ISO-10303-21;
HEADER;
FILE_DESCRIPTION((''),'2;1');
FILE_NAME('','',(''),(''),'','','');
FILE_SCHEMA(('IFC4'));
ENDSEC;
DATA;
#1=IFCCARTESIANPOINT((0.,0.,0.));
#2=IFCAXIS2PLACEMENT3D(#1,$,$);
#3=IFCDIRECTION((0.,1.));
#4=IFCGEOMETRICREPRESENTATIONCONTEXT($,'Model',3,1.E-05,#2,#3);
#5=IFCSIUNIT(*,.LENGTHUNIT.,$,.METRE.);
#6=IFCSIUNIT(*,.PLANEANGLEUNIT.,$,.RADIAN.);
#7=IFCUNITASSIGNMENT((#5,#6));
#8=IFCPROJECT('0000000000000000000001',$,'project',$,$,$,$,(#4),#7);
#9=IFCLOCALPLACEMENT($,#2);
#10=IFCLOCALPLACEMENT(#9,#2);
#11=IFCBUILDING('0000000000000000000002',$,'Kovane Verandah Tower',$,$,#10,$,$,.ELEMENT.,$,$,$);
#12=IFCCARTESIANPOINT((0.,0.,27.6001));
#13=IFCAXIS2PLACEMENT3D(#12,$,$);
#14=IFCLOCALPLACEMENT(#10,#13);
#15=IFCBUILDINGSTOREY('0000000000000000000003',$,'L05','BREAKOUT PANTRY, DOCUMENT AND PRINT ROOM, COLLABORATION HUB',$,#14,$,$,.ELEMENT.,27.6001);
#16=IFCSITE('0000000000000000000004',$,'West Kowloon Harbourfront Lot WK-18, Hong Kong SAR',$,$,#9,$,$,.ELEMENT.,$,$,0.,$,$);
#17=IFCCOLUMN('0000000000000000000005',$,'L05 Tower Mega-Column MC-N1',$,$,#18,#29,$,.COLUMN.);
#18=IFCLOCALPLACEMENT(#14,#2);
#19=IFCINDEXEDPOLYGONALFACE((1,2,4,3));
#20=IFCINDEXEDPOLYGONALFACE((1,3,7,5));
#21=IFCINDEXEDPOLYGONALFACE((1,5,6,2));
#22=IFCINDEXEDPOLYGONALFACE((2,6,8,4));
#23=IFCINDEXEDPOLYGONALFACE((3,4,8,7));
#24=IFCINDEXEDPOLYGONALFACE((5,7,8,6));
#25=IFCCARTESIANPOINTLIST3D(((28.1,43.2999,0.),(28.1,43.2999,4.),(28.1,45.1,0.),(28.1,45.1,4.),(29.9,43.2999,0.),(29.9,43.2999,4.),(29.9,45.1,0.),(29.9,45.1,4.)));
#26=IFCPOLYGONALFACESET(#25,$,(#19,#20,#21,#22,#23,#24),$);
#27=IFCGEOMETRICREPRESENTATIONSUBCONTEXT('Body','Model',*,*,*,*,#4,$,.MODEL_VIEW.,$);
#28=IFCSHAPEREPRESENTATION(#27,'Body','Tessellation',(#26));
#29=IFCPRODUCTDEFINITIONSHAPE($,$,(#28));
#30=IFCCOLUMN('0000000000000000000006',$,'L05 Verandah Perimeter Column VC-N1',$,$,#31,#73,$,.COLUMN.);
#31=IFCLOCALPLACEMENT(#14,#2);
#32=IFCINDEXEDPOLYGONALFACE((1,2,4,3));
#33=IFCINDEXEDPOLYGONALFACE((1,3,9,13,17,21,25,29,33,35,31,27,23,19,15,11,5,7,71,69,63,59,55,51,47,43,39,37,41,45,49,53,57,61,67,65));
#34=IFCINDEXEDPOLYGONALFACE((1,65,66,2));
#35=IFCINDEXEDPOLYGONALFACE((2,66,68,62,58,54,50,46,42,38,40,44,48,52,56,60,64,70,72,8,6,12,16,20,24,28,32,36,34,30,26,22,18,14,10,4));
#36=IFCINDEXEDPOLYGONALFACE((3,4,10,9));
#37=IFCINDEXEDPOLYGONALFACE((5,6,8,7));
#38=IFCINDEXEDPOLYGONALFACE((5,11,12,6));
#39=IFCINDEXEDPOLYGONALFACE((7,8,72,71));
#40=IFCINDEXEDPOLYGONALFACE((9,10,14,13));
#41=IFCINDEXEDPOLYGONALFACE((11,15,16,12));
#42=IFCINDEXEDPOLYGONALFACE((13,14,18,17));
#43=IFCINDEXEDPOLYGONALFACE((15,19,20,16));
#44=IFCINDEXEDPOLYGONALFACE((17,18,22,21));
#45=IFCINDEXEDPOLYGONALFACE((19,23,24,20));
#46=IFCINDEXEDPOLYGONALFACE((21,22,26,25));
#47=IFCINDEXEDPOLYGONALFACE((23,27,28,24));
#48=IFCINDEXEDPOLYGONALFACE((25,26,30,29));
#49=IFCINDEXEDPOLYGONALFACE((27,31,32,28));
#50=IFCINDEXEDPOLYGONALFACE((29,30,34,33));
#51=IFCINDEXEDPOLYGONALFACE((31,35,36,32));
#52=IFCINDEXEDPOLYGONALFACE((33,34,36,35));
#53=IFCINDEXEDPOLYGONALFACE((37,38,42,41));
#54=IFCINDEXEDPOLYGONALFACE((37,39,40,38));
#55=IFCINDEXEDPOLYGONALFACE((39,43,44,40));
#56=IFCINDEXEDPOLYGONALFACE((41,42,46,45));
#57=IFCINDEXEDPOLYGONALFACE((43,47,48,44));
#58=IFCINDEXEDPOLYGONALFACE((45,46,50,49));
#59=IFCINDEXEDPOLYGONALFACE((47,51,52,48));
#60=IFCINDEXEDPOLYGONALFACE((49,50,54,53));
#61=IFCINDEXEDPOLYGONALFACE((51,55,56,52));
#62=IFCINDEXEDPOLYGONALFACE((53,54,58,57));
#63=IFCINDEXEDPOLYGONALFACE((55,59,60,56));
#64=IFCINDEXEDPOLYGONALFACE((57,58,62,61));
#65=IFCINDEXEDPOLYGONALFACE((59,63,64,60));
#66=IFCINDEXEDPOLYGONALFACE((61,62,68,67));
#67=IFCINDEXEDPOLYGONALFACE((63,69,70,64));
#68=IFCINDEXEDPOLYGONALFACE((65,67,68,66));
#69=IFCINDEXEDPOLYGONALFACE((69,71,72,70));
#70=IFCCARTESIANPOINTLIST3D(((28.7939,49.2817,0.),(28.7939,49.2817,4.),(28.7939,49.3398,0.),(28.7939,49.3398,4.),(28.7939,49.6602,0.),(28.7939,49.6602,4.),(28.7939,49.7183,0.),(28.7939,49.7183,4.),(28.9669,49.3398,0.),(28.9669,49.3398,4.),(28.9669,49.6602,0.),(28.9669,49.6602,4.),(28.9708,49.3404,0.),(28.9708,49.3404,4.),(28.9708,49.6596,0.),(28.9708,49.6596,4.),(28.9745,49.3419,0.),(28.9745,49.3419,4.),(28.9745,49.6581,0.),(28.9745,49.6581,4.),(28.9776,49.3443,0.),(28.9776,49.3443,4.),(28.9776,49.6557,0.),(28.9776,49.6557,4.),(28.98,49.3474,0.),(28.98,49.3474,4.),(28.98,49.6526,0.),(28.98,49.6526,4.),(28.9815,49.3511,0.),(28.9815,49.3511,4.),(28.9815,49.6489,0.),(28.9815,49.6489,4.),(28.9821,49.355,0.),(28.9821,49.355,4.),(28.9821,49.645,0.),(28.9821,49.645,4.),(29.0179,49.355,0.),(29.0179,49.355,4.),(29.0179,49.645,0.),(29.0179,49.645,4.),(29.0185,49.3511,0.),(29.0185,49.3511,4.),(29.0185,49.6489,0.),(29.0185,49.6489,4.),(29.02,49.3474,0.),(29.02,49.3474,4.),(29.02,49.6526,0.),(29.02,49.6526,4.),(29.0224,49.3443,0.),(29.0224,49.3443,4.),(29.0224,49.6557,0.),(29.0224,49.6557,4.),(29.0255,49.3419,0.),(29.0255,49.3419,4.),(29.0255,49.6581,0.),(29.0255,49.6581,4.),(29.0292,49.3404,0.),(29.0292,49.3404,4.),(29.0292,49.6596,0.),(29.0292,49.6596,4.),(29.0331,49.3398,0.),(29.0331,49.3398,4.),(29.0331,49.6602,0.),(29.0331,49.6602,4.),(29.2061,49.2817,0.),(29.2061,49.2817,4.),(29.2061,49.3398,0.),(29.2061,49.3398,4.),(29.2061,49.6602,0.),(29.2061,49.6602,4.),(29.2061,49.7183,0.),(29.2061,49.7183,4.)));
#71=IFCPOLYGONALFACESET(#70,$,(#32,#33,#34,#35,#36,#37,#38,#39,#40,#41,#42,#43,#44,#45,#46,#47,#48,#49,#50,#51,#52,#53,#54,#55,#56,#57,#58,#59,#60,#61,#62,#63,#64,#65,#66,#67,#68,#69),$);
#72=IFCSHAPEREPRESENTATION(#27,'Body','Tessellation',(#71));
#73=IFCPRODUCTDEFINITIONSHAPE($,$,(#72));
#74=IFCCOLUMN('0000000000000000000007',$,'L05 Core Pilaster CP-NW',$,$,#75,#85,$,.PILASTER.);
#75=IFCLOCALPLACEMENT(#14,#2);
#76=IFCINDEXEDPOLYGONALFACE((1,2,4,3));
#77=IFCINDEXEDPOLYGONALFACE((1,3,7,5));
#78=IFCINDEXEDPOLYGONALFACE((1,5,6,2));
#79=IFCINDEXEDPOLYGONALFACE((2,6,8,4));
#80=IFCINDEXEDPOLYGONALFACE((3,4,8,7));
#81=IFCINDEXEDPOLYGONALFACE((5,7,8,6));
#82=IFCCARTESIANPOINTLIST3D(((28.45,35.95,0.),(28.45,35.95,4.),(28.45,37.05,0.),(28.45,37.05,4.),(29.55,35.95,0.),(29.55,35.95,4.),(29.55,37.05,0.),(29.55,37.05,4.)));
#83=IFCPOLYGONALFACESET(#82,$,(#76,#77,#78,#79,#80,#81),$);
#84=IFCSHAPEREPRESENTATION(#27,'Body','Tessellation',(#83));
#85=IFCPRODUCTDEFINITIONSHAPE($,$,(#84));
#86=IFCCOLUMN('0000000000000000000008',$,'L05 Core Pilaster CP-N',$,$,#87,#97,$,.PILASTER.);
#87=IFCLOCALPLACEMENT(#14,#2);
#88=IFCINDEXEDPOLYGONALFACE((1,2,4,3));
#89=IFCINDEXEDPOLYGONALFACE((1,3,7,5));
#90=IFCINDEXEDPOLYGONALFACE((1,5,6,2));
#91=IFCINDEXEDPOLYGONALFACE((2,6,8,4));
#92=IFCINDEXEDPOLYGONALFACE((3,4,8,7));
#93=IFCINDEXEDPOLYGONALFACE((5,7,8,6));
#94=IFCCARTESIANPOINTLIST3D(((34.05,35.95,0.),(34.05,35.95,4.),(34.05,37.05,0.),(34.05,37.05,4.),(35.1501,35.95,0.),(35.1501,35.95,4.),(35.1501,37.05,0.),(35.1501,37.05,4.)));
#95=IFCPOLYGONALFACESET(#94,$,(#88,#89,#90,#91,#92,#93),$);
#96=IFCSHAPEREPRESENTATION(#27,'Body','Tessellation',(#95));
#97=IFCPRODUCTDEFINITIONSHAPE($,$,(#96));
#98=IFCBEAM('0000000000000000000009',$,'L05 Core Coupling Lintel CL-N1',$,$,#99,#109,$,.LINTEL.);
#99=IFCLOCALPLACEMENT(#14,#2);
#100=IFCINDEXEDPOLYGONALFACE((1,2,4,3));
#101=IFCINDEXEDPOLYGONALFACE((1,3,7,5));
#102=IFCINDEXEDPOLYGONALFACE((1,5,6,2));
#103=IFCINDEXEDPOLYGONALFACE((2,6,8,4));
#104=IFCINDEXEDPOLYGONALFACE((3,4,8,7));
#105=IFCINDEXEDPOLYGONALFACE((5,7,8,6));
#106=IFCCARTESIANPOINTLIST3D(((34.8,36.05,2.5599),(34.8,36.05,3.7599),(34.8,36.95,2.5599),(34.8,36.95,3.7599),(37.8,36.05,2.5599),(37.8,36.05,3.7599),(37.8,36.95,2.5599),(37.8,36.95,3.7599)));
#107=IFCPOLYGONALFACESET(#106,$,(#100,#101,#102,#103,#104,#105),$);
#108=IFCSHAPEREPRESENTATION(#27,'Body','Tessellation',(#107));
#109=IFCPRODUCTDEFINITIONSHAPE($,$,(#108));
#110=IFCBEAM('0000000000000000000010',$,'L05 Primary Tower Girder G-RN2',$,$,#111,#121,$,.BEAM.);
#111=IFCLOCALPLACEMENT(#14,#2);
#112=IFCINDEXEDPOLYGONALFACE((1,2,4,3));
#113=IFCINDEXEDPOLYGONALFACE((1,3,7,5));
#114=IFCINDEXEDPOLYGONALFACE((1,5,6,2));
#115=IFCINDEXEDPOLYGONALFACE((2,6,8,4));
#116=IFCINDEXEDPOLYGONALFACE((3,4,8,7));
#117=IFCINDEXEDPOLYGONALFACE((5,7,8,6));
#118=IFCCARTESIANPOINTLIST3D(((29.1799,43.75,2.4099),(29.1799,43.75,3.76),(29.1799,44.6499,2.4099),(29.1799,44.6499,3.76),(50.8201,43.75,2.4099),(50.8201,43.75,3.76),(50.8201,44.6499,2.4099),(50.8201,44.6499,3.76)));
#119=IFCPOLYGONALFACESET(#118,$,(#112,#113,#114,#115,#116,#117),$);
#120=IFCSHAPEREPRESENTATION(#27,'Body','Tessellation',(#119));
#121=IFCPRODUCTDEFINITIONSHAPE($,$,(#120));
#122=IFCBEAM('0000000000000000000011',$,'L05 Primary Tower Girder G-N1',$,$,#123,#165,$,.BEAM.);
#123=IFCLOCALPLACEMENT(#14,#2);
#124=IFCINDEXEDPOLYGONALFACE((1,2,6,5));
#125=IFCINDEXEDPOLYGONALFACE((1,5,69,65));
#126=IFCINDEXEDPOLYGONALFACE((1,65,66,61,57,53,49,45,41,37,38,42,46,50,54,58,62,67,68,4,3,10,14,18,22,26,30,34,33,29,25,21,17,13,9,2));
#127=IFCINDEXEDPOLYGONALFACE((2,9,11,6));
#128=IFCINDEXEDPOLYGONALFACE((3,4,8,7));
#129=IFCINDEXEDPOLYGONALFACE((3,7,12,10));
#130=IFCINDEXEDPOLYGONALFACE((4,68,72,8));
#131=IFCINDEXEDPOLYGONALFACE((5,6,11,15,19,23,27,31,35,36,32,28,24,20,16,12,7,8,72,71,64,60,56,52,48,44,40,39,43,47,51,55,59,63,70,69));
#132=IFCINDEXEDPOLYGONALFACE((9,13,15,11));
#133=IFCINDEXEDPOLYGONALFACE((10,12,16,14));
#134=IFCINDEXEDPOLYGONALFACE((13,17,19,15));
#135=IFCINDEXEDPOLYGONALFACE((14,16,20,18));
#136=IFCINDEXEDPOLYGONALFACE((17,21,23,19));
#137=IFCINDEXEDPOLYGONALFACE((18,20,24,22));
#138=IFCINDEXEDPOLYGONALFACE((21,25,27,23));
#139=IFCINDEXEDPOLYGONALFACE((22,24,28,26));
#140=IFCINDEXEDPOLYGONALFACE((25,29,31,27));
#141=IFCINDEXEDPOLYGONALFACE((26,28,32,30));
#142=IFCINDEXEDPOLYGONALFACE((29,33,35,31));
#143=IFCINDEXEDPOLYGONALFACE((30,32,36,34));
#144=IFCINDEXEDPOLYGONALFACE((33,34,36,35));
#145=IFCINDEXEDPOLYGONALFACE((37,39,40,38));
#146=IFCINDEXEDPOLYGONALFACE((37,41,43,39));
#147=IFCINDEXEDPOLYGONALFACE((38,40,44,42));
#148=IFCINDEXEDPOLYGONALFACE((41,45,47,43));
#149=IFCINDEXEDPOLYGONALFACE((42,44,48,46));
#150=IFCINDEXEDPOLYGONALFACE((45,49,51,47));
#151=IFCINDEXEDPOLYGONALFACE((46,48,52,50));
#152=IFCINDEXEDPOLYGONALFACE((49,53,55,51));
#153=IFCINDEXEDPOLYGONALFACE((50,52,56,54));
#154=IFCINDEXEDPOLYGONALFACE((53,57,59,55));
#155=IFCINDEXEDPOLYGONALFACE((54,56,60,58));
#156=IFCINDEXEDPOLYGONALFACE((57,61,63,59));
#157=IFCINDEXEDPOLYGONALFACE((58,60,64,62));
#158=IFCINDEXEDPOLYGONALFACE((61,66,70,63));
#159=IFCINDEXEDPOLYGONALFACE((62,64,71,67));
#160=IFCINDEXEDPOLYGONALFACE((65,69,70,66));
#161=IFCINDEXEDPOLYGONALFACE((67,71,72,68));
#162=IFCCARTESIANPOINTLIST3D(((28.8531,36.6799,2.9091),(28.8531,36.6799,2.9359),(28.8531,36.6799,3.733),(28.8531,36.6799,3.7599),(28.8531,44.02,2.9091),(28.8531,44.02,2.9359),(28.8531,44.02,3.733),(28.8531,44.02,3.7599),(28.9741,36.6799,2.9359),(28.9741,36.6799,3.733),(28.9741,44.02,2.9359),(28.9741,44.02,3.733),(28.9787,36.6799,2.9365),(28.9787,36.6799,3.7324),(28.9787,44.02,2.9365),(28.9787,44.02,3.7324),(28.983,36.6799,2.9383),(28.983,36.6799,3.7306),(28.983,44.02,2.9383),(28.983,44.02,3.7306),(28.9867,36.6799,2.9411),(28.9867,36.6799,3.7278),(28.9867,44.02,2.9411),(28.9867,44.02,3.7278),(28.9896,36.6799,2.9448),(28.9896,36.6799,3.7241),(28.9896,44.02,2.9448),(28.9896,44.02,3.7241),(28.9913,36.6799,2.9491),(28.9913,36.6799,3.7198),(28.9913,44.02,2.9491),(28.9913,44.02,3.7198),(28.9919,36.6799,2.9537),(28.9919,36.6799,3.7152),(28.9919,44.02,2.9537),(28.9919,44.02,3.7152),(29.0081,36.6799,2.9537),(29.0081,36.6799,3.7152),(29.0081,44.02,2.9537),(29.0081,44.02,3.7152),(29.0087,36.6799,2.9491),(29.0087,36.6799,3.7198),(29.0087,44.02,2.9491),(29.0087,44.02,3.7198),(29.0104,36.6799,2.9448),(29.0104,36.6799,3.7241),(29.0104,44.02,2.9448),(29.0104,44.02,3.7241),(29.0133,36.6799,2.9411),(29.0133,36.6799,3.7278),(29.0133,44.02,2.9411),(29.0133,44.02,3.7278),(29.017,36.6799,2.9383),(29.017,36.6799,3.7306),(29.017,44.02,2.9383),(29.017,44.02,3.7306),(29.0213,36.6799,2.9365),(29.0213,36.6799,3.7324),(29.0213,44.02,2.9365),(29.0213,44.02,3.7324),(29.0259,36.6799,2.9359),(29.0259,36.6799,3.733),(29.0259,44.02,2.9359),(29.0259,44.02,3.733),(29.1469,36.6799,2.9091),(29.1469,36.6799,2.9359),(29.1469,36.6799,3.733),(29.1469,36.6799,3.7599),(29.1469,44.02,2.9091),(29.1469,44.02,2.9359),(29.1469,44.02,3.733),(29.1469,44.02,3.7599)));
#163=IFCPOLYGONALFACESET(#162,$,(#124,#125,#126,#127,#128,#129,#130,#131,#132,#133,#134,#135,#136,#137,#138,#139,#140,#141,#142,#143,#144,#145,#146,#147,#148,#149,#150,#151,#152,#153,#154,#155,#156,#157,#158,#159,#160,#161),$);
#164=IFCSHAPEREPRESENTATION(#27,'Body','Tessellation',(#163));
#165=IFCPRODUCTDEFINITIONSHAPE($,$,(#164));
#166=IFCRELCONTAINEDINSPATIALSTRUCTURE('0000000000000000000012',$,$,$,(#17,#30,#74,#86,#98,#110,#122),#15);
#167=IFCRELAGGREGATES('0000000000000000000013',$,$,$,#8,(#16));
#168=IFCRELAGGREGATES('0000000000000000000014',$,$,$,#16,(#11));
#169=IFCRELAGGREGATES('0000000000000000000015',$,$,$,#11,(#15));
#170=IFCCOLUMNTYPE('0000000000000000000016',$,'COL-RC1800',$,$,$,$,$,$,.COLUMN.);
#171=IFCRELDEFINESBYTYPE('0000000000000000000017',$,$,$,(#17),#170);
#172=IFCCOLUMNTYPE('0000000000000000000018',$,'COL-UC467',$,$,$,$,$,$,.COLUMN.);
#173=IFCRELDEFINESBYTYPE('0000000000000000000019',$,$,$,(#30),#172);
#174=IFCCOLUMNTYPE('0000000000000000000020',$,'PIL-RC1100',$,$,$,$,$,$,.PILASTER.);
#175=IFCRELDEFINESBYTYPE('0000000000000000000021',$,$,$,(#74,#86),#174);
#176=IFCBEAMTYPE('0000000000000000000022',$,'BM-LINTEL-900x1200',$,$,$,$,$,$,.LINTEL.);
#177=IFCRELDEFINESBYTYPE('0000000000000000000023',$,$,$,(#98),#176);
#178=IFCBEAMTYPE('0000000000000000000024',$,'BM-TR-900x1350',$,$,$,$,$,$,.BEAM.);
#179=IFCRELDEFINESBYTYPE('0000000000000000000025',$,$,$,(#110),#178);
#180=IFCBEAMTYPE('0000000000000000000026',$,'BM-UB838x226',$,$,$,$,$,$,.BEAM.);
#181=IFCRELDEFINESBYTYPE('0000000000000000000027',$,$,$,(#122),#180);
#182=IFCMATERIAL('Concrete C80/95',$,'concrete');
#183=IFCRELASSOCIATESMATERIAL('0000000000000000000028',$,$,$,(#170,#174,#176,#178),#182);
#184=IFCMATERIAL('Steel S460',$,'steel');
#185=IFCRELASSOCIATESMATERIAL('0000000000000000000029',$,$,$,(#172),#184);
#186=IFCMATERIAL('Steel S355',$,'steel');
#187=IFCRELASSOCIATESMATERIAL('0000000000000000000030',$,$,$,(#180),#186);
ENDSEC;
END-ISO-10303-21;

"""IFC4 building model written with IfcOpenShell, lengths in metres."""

from ifc_helpers import new_model, si_unit, direction, frame, origin, origin_2d, place, context, subcontext, project, spatial, rectangle, i_section, extrude, material, material_profile, profile_set, type_object, element, save


model = new_model("IFC4")

# Units and contexts
model_context = context("Model", 3, precision=1e-05, world=origin(), true_north=direction((0.0, 1.0)))
body_context = subcontext(model_context, "Body", "Model", "MODEL_VIEW")
ifc_project = project(units=[si_unit("LENGTHUNIT", "METRE"), si_unit("PLANEANGLEUNIT", "RADIAN")], contexts=[model_context])

# Site, building, storey
site_placement = place(None, origin())
site = spatial("IfcSite", under=ifc_project, at=site_placement, Name="West Kowloon Harbourfront Lot WK-18, Hong Kong SAR", CompositionType="ELEMENT", RefElevation=0.0)
building_placement = place(site_placement, origin())
building = spatial("IfcBuilding", under=site, at=building_placement, Name="Kovane Verandah Tower", CompositionType="ELEMENT")
storey_placement = place(building_placement, frame((0.0, 0.0, 27.6001)))
storey = spatial("IfcBuildingStorey", under=building, at=storey_placement, Name="L05", Description="BREAKOUT PANTRY, DOCUMENT AND PRINT ROOM, COLLABORATION HUB", CompositionType="ELEMENT", Elevation=27.6001)

# Columns
ifc_material_1 = material(Name="Concrete C80/95", Category="concrete")
ifc_material_profile_1 = material_profile(ifc_material_1, rectangle(XDim=1.8, YDim=1.8, at=origin_2d()), Name="RC1800x1800")
ifc_profile_set_1 = profile_set([ifc_material_profile_1], Name="Concrete C80/95")
column_type_1 = type_object("IfcColumnType", Name="COL-RC1800", PredefinedType="COLUMN", material=ifc_profile_set_1)
column_1_placement = place(storey_placement, frame((29.0, 44.2, 0.0), z_axis=(0.0, 0.0, 1.0), x_axis=(1.0, 0.0, 0.0)))
element("IfcColumn", 1, at=column_1_placement, inside=storey, type_object=column_type_1, Name="L05 Tower Mega-Column MC-N1", PredefinedType="COLUMN", context=body_context, shape_type="SweptSolid", body=[
    extrude(rectangle(XDim=1.8, YDim=1.8, at=origin_2d()), origin(), (0.0, 0.0, 1.0), 4.0),
])
ifc_material_2 = material(Name="Steel S460", Category="steel")
ifc_material_profile_2 = material_profile(ifc_material_2, i_section(OverallWidth=0.4121, OverallDepth=0.4365, WebThickness=0.0359, FlangeThickness=0.0581, FilletRadius=0.0151, at=origin_2d()), Name="UC356x406x467")
ifc_profile_set_2 = profile_set([ifc_material_profile_2], Name="Steel S460")
column_type_2 = type_object("IfcColumnType", Name="COL-UC467", PredefinedType="COLUMN", material=ifc_profile_set_2)
column_2_placement = place(storey_placement, frame((29.0, 49.5, 0.0), z_axis=(0.0, 0.0, 1.0), x_axis=(1.0, 0.0, 0.0)))
element("IfcColumn", 2, at=column_2_placement, inside=storey, type_object=column_type_2, Name="L05 Verandah Perimeter Column VC-N1", PredefinedType="COLUMN", context=body_context, shape_type="SweptSolid", body=[
    extrude(i_section(OverallWidth=0.4121, OverallDepth=0.4365, WebThickness=0.0359, FlangeThickness=0.0581, FilletRadius=0.0151, at=origin_2d()), origin(), (0.0, 0.0, 1.0), 4.0),
])
ifc_material_profile_3 = material_profile(ifc_material_1, rectangle(XDim=1.1001, YDim=1.1001, at=origin_2d()), Name="RC1100x1100")
ifc_profile_set_3 = profile_set([ifc_material_profile_3], Name="Concrete C80/95")
column_type_3 = type_object("IfcColumnType", Name="PIL-RC1100", PredefinedType="PILASTER", material=ifc_profile_set_3)
for number, where, z_axis, x_axis, name in (
    (3, (29.0, 36.5, 0.0), (0.0, 0.0, 1.0), (1.0, 0.0, 0.0), "L05 Core Pilaster CP-NW"),
    (4, (34.6001, 36.5, 0.0), (0.0, 0.0, 1.0), (1.0, 0.0, 0.0), "L05 Core Pilaster CP-N"),
):
    element("IfcColumn", number, at=place(storey_placement, frame(where, z_axis=z_axis, x_axis=x_axis)), inside=storey, type_object=column_type_3, Name=name, PredefinedType="PILASTER", context=body_context, shape_type="SweptSolid", body=[
        extrude(rectangle(XDim=1.1001, YDim=1.1001, at=origin_2d()), origin(), (0.0, 0.0, 1.0), 4.0),
    ])

# Beams
ifc_material_profile_4 = material_profile(ifc_material_1, rectangle(XDim=0.8999, YDim=1.2, at=origin_2d()), Name="RCB900x1200")
ifc_profile_set_4 = profile_set([ifc_material_profile_4], Name="Concrete C80/95")
beam_type_1 = type_object("IfcBeamType", Name="BM-LINTEL-900x1200", PredefinedType="LINTEL", material=ifc_profile_set_4)
beam_1_placement = place(storey_placement, frame((34.8, 36.5, 3.1599), z_axis=(1.0, 0.0, 0.0), x_axis=(0.0, 1.0, 0.0)))
element("IfcBeam", 5, at=beam_1_placement, inside=storey, type_object=beam_type_1, Name="L05 Core Coupling Lintel CL-N1", PredefinedType="LINTEL", context=body_context, shape_type="SweptSolid", body=[
    extrude(rectangle(XDim=0.8999, YDim=1.2, at=origin_2d()), origin(), (0.0, 0.0, 1.0), 3.0),
])
ifc_material_profile_5 = material_profile(ifc_material_1, rectangle(XDim=0.8999, YDim=1.3501, at=origin_2d()), Name="RCB900x1350")
ifc_profile_set_5 = profile_set([ifc_material_profile_5], Name="Concrete C80/95")
beam_type_2 = type_object("IfcBeamType", Name="BM-TR-900x1350", PredefinedType="BEAM", material=ifc_profile_set_5)
beam_2_placement = place(storey_placement, frame((29.1799, 44.2, 3.085), z_axis=(1.0, 0.0, 0.0), x_axis=(0.0, 1.0, 0.0)))
element("IfcBeam", 6, at=beam_2_placement, inside=storey, type_object=beam_type_2, Name="L05 Primary Tower Girder G-RN2", PredefinedType="BEAM", context=body_context, shape_type="SweptSolid", body=[
    extrude(rectangle(XDim=0.8999, YDim=1.3501, at=origin_2d()), origin(), (0.0, 0.0, 1.0), 21.6401),
])
ifc_material_3 = material(Name="Steel S355", Category="steel")
ifc_material_profile_6 = material_profile(ifc_material_3, i_section(OverallWidth=0.2937, OverallDepth=0.8508, WebThickness=0.0161, FlangeThickness=0.0269, FilletRadius=0.0178, at=origin_2d()), Name="UB838x292x226")
ifc_profile_set_6 = profile_set([ifc_material_profile_6], Name="Steel S355")
beam_type_3 = type_object("IfcBeamType", Name="BM-UB838x226", PredefinedType="BEAM", material=ifc_profile_set_6)
beam_3_placement = place(storey_placement, frame((29.0, 36.6799, 3.3345), z_axis=(0.0, 1.0, 0.0), x_axis=(-1.0, 0.0, 0.0)))
element("IfcBeam", 7, at=beam_3_placement, inside=storey, type_object=beam_type_3, Name="L05 Primary Tower Girder G-N1", PredefinedType="BEAM", context=body_context, shape_type="SweptSolid", body=[
    extrude(i_section(OverallWidth=0.2937, OverallDepth=0.8508, WebThickness=0.0161, FlangeThickness=0.0269, FilletRadius=0.0178, at=origin_2d()), origin(), (0.0, 0.0, 1.0), 7.3401),
])

save(model, "model.ifc")
